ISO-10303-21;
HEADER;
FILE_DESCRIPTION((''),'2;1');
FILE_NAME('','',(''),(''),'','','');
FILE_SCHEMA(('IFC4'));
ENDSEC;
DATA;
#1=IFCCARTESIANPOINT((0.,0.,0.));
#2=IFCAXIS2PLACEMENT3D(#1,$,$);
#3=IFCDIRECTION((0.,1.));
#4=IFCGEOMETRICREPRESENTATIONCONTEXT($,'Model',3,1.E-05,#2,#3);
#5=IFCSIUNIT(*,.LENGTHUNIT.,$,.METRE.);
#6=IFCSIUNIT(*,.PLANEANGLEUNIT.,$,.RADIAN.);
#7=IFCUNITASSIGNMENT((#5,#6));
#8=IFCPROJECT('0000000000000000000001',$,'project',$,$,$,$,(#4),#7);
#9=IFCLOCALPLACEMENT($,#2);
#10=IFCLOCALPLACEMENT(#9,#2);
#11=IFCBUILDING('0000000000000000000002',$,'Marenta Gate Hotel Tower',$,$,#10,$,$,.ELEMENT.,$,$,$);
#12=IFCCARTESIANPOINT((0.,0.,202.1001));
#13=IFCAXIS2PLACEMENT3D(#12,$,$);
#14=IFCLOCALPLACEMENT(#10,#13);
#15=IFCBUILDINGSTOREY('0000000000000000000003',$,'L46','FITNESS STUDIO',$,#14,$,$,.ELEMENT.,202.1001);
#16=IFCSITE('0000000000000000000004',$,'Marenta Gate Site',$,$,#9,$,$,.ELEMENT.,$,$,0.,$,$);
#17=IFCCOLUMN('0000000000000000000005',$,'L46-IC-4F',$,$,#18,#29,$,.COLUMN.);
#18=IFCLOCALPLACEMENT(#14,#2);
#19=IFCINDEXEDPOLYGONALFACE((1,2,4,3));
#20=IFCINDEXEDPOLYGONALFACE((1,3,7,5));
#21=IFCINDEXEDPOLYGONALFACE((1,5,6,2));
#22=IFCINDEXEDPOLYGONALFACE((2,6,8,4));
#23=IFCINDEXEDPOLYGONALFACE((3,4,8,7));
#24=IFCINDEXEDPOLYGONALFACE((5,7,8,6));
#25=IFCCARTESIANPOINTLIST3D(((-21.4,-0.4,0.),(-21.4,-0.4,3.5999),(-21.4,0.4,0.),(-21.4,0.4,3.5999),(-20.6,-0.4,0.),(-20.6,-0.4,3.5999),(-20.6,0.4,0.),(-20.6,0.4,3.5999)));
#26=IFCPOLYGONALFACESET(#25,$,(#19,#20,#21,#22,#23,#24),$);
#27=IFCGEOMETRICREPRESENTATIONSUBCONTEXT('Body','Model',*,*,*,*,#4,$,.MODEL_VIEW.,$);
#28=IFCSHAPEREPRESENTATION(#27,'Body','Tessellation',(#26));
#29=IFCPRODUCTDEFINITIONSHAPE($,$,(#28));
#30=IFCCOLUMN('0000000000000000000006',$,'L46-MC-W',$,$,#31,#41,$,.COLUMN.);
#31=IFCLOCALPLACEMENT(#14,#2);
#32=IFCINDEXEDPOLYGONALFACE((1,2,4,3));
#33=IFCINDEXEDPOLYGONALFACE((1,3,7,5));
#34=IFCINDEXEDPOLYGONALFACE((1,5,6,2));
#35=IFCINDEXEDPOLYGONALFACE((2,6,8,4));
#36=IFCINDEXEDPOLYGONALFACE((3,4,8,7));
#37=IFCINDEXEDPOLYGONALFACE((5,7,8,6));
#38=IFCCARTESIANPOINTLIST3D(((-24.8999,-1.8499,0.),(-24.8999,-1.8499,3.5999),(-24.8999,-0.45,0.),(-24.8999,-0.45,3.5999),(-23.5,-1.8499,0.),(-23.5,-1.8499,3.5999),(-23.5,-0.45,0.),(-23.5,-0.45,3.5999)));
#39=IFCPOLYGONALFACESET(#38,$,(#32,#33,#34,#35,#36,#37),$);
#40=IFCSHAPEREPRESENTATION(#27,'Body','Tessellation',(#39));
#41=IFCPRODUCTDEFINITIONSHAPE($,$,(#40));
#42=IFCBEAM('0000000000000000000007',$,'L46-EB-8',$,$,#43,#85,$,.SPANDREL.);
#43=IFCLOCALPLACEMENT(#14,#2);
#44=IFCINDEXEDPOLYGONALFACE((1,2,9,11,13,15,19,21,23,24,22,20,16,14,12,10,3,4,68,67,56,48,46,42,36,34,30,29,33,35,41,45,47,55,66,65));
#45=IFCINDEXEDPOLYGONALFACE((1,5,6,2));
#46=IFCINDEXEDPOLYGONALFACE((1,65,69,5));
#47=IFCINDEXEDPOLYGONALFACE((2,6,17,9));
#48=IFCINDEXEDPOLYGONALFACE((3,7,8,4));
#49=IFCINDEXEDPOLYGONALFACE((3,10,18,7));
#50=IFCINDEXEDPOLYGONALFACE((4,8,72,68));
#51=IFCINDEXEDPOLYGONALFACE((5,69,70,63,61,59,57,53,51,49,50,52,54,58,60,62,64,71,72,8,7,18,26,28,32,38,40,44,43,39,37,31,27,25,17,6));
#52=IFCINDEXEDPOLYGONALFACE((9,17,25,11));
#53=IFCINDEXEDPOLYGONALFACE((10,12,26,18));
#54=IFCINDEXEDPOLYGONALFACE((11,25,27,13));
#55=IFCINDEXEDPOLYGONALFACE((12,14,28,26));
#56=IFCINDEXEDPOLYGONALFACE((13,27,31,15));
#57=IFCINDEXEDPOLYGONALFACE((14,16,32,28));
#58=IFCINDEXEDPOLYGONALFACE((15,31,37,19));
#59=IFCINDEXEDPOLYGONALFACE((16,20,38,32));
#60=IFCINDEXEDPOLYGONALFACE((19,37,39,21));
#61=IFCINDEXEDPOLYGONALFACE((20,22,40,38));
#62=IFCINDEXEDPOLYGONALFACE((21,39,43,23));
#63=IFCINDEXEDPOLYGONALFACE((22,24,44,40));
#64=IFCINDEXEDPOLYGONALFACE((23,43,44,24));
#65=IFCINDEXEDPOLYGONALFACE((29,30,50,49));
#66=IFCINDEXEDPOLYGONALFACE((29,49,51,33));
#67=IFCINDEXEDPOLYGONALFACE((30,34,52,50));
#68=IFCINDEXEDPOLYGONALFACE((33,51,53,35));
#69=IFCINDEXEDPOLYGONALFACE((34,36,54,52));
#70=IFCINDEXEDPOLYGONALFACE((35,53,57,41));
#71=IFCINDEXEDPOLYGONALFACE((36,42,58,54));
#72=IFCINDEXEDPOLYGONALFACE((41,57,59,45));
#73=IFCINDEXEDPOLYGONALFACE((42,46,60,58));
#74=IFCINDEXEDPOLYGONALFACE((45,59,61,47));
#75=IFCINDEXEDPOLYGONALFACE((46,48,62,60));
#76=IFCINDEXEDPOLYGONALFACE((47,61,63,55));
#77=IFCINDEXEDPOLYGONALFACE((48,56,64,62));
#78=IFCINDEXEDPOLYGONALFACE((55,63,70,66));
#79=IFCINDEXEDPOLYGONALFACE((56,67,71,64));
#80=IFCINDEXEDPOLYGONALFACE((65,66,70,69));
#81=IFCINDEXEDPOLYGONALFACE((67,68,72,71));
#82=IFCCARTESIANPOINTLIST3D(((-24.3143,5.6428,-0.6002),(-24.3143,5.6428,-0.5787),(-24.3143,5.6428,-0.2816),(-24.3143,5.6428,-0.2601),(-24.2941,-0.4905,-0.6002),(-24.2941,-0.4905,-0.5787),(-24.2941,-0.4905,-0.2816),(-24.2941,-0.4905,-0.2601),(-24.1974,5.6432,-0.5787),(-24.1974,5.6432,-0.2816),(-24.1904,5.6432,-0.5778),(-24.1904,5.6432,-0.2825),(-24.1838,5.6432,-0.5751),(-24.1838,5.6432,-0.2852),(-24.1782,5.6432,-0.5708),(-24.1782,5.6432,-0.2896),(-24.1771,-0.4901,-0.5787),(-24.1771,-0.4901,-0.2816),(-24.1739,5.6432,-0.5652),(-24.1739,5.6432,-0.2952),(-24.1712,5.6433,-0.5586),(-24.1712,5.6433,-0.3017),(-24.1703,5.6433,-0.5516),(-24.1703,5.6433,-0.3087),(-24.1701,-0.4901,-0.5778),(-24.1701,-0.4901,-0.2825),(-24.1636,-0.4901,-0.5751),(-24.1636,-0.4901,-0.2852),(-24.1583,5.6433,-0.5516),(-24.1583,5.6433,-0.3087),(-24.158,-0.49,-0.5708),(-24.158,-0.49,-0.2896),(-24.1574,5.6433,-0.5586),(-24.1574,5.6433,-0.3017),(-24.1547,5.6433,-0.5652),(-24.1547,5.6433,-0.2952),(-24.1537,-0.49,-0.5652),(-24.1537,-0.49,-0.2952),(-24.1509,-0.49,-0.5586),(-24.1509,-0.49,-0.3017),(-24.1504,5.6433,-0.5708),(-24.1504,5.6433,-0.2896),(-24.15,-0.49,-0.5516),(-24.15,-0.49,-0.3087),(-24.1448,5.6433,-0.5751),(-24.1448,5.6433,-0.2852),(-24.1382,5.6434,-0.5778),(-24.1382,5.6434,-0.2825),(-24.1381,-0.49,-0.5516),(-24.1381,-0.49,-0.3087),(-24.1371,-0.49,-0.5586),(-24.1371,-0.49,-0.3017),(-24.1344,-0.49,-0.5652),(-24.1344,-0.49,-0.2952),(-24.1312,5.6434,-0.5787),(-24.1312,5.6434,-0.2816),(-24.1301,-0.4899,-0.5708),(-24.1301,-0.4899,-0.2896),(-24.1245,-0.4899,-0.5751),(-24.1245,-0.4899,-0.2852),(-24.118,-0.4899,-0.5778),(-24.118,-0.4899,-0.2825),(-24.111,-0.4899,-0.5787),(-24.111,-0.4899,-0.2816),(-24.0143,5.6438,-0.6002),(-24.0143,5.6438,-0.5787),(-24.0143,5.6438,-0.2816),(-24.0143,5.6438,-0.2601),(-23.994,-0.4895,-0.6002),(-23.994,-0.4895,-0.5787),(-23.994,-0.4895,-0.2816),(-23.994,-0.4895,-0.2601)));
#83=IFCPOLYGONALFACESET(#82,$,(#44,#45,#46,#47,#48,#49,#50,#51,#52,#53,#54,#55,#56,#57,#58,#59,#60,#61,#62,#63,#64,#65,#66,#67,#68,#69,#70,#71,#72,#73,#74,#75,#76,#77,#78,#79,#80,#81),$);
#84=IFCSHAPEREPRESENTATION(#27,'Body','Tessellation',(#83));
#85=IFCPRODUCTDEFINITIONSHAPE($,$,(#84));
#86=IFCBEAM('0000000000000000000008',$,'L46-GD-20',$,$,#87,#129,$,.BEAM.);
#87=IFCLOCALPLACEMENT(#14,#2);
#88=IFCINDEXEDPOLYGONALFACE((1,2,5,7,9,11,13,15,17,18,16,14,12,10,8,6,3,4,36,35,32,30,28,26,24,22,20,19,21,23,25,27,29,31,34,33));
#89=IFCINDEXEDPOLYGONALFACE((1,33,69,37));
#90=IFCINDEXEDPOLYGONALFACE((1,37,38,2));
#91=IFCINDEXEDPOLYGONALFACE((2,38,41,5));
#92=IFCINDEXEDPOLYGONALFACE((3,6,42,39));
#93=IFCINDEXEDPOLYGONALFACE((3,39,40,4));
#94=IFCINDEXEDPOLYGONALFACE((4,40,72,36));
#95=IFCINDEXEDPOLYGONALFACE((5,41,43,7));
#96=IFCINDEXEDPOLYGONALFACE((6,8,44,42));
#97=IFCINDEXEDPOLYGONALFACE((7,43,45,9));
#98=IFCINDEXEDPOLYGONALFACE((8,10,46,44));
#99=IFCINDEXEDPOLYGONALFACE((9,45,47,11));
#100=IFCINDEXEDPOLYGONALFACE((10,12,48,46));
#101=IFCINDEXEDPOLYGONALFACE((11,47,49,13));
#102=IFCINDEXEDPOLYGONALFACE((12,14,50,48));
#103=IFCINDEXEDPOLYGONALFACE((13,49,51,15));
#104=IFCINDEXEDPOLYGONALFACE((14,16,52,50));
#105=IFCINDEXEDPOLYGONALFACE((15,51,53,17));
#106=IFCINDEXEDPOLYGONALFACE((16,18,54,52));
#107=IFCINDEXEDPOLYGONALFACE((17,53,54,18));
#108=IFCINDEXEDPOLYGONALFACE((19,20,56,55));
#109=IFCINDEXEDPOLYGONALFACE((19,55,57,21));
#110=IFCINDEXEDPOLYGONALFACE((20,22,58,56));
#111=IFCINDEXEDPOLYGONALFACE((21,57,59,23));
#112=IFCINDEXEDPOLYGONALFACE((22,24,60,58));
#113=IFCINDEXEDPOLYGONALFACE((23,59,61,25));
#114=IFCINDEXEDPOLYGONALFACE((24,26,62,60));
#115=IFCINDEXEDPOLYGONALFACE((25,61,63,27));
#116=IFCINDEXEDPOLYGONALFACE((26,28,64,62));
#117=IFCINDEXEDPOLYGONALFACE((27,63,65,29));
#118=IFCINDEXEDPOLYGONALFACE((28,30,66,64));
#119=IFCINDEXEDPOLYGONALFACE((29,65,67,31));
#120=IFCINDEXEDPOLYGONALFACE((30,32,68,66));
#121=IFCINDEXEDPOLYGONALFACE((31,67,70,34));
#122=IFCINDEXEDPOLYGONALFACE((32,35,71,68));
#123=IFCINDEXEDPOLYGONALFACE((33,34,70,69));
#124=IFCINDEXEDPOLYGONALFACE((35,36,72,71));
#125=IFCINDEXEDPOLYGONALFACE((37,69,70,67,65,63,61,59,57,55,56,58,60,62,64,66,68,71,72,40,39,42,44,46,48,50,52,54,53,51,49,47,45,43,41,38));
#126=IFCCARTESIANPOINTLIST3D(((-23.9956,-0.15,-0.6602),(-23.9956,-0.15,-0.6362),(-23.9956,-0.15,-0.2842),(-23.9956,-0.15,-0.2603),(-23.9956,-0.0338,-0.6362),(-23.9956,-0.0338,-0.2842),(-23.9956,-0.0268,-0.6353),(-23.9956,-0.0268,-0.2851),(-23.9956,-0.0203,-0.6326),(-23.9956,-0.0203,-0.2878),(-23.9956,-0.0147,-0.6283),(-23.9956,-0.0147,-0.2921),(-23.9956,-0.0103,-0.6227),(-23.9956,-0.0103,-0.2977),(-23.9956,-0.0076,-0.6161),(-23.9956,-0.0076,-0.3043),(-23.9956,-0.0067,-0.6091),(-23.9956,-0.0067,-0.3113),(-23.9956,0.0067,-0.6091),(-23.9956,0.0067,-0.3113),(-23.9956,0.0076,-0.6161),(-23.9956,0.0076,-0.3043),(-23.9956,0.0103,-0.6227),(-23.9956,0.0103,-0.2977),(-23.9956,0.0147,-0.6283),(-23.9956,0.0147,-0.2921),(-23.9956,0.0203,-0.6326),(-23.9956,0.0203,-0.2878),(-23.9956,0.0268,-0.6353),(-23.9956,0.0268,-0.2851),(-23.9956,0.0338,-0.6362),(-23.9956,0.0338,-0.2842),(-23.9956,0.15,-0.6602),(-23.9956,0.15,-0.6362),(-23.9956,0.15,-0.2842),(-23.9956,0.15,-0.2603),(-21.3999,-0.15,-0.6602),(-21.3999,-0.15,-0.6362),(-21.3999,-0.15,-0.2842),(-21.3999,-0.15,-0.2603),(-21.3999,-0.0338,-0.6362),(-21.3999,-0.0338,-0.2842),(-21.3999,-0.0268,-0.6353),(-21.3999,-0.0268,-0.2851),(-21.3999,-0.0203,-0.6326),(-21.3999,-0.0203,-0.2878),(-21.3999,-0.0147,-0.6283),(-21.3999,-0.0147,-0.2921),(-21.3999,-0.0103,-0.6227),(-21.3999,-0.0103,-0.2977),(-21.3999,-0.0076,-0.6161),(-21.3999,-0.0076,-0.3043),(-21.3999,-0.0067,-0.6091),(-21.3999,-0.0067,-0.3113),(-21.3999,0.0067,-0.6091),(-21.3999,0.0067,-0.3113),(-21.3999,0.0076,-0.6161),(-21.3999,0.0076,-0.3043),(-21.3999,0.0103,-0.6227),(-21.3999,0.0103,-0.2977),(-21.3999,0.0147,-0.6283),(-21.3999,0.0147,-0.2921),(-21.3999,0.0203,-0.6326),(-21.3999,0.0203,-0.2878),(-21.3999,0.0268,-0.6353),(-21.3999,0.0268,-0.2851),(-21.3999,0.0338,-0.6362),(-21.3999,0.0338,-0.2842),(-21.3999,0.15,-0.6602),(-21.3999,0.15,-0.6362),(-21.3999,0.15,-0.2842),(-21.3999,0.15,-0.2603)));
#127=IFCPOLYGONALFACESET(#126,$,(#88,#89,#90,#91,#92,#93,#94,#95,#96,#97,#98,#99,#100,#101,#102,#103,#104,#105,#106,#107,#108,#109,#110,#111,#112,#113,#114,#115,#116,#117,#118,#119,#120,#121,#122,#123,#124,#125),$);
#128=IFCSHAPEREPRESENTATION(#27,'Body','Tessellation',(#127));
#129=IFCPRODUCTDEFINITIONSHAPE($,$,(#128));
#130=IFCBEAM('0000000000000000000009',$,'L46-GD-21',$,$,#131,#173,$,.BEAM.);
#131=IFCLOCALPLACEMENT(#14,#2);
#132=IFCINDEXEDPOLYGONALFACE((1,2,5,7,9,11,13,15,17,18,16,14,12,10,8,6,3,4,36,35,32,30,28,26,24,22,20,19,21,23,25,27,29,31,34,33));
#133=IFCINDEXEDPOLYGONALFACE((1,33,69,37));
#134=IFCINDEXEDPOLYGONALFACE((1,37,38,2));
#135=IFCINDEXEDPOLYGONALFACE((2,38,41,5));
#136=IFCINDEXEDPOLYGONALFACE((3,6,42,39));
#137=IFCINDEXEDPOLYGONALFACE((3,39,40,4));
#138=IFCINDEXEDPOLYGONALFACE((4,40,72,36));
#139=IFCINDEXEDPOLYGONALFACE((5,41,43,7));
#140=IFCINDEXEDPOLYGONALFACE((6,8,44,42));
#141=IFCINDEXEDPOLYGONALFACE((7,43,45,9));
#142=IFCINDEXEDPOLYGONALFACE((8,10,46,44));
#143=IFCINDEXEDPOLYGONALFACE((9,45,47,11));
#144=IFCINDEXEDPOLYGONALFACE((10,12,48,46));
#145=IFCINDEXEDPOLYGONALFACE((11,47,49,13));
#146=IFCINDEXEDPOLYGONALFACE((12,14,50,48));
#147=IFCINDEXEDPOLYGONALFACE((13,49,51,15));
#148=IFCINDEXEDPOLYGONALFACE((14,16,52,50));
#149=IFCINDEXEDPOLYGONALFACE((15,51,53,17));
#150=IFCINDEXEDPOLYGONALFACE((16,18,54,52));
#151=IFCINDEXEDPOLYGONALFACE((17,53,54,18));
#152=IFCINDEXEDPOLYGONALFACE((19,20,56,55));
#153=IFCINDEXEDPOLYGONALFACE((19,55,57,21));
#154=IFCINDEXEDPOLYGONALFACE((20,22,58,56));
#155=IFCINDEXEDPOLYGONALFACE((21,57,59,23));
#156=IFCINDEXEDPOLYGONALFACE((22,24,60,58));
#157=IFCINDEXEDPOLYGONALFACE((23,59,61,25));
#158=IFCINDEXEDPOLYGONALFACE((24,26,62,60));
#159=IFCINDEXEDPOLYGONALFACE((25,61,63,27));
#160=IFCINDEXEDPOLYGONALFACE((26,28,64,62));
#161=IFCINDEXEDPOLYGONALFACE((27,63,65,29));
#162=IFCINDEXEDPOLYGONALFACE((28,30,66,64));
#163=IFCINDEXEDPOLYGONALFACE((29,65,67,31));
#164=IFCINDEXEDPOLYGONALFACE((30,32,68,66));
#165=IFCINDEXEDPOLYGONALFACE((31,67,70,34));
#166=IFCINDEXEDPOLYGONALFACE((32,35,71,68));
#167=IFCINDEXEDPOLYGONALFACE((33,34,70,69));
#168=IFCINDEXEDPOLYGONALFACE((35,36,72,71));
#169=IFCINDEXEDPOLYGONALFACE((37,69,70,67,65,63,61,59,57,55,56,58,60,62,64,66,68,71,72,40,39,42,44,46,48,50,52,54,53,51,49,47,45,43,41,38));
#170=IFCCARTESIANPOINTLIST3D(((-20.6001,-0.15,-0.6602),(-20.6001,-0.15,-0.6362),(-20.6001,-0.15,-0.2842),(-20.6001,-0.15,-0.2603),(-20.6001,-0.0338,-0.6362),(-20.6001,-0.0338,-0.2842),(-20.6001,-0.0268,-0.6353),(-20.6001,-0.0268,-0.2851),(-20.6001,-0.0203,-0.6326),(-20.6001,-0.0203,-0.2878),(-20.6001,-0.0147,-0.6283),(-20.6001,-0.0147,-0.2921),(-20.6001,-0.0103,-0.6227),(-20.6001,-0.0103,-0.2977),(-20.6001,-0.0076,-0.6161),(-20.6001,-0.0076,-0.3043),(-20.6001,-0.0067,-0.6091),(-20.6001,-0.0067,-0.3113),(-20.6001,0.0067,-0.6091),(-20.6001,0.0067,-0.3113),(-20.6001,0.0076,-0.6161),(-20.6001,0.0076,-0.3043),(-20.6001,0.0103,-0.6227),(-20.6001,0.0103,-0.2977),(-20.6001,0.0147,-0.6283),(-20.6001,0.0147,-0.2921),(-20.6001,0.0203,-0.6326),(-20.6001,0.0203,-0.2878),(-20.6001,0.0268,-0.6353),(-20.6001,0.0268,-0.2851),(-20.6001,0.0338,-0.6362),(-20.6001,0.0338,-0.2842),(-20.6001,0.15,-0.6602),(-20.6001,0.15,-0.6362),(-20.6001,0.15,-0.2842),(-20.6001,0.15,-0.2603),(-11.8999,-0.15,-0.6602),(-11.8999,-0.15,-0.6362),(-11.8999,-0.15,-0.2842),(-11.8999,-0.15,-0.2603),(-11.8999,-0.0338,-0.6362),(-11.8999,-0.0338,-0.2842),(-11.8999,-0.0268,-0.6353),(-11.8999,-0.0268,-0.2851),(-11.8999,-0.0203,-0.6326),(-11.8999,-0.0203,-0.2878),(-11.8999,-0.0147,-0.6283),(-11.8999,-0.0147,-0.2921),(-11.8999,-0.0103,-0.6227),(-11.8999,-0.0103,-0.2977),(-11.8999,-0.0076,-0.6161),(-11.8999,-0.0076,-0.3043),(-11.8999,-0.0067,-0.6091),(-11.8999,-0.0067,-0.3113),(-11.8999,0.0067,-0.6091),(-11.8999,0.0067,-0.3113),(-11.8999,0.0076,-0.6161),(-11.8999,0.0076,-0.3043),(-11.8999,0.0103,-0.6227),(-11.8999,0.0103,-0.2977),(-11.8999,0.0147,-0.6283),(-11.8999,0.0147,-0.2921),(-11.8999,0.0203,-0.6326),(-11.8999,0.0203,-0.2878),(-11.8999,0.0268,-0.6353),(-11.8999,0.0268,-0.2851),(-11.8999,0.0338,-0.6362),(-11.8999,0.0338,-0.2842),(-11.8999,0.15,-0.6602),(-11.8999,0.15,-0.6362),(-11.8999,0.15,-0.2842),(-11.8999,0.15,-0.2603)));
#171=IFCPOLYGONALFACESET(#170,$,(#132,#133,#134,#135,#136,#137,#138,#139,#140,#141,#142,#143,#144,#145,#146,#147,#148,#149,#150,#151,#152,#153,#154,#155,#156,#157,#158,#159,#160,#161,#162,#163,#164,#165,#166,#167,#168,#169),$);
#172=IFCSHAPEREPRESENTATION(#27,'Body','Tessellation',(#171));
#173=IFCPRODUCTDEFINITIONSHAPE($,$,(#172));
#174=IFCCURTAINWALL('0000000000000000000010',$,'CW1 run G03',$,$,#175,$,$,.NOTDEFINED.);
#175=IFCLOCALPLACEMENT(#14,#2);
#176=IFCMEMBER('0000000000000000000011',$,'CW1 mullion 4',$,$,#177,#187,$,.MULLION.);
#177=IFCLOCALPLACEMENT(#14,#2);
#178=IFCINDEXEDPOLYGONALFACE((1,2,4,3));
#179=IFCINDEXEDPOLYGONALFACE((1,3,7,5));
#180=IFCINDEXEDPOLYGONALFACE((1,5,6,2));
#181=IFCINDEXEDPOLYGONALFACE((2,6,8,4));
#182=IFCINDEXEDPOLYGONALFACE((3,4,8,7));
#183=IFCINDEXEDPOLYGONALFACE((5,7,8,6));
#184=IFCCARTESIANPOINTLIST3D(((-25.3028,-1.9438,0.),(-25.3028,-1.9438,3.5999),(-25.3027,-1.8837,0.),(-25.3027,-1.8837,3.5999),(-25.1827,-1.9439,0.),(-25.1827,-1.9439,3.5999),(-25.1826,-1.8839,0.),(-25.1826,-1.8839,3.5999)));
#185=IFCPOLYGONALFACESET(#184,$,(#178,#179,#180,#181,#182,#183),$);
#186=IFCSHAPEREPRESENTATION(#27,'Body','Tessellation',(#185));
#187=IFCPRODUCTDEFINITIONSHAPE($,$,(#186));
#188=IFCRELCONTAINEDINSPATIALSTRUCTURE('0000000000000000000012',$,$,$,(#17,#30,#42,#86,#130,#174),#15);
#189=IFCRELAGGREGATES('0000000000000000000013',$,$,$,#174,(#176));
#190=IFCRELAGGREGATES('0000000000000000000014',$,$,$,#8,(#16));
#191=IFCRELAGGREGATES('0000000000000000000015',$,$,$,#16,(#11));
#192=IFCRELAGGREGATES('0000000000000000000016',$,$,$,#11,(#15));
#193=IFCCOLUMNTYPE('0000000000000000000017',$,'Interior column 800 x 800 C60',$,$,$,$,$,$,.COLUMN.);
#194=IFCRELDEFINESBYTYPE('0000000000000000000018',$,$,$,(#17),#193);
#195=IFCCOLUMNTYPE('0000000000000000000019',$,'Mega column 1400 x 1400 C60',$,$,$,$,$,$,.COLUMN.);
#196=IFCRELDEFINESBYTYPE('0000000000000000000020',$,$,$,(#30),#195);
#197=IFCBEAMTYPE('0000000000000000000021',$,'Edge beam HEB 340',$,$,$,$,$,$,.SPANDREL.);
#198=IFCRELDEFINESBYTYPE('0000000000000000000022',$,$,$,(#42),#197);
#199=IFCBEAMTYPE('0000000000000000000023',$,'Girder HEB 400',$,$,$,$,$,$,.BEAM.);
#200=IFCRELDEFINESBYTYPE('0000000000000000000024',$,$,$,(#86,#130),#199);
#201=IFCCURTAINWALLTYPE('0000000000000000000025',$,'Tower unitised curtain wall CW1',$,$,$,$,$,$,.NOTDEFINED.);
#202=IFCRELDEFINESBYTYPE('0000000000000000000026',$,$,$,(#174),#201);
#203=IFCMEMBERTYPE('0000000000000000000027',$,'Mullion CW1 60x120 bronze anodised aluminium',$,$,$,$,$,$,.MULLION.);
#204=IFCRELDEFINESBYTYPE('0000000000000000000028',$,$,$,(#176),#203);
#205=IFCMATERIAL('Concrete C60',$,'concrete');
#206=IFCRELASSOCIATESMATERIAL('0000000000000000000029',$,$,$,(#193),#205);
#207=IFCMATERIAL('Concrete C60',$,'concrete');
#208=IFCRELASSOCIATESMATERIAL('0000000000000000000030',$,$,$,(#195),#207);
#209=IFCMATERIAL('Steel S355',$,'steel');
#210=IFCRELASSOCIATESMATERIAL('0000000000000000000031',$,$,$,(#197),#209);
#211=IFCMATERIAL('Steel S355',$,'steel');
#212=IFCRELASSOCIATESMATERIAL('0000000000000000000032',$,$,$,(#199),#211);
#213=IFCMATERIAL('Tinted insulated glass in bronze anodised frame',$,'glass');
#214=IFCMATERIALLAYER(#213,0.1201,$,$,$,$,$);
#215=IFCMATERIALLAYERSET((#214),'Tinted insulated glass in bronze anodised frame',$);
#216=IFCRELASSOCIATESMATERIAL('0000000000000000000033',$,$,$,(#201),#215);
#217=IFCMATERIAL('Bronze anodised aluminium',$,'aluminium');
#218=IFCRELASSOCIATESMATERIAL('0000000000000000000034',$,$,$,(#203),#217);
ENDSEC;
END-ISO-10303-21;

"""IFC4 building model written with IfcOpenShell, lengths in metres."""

from ifc_helpers import new_model, si_unit, direction, frame, origin, origin_2d, place, context, subcontext, project, spatial, rectangle, i_section, extrude, material, layer, layer_set, material_profile, profile_set, type_object, element, aggregate, save


model = new_model("IFC4")

# Units and contexts
model_context = context("Model", 3, precision=1e-05, world=origin(), true_north=direction((0.0, 1.0)))
body_context = subcontext(model_context, "Body", "Model", "MODEL_VIEW")
ifc_project = project(units=[si_unit("LENGTHUNIT", "METRE"), si_unit("PLANEANGLEUNIT", "RADIAN")], contexts=[model_context])

# Site, building, storey
site_placement = place(None, origin())
site = spatial("IfcSite", under=ifc_project, at=site_placement, Name="Marenta Gate Site", CompositionType="ELEMENT", RefElevation=0.0)
building_placement = place(site_placement, origin())
building = spatial("IfcBuilding", under=site, at=building_placement, Name="Marenta Gate Hotel Tower", CompositionType="ELEMENT")
storey_placement = place(building_placement, frame((0.0, 0.0, 202.1001)))
storey = spatial("IfcBuildingStorey", under=building, at=storey_placement, Name="L46", Description="FITNESS STUDIO", CompositionType="ELEMENT", Elevation=202.1001)

# Columns
ifc_material_1 = material(Name="Concrete C60", Category="concrete")
ifc_material_profile_1 = material_profile(ifc_material_1, rectangle(XDim=0.8, YDim=0.8, at=origin_2d()), Name="800 x 800")
ifc_profile_set_1 = profile_set([ifc_material_profile_1], Name="Concrete C60")
column_type_1 = type_object("IfcColumnType", Name="Interior column 800 x 800 C60", PredefinedType="COLUMN", material=ifc_profile_set_1)
column_1_placement = place(storey_placement, frame((-21.0, 0.0, 0.0), z_axis=(0.0, 0.0, 1.0), x_axis=(1.0, 0.0, 0.0)))
element("IfcColumn", 1, at=column_1_placement, inside=storey, type_object=column_type_1, Name="L46-IC-4F", PredefinedType="COLUMN", context=body_context, shape_type="SweptSolid", body=[
    extrude(rectangle(XDim=0.8, YDim=0.8, at=origin_2d()), origin(), (0.0, 0.0, 1.0), 3.5999),
])
ifc_material_2 = material(Name="Concrete C60", Category="concrete")
ifc_material_profile_2 = material_profile(ifc_material_2, rectangle(XDim=1.3999, YDim=1.3999, at=origin_2d()), Name="1400 x 1400")
ifc_profile_set_2 = profile_set([ifc_material_profile_2], Name="Concrete C60")
column_type_2 = type_object("IfcColumnType", Name="Mega column 1400 x 1400 C60", PredefinedType="COLUMN", material=ifc_profile_set_2)
column_2_placement = place(storey_placement, frame((-24.2, -1.1499, 0.0), z_axis=(0.0, 0.0, 1.0), x_axis=(1.0, 0.0, 0.0)))
element("IfcColumn", 2, at=column_2_placement, inside=storey, type_object=column_type_2, Name="L46-MC-W", PredefinedType="COLUMN", context=body_context, shape_type="SweptSolid", body=[
    extrude(rectangle(XDim=1.3999, YDim=1.3999, at=origin_2d()), origin(), (0.0, 0.0, 1.0), 3.5999),
])

# Beams
ifc_material_3 = material(Name="Steel S355", Category="steel")
ifc_material_profile_3 = material_profile(ifc_material_3, i_section(OverallWidth=0.3, OverallDepth=0.3401, WebThickness=0.012, FlangeThickness=0.0215, FilletRadius=0.0271, at=origin_2d()), Name="HEB 340")
ifc_profile_set_3 = profile_set([ifc_material_profile_3], Name="Steel S355")
beam_type_1 = type_object("IfcBeamType", Name="Edge beam HEB 340", PredefinedType="SPANDREL", material=ifc_profile_set_3)
beam_1_placement = place(storey_placement, frame((-24.144, -0.49, -0.4302), z_axis=(-0.003304, 0.999995, 0.0), x_axis=(-0.999995, -0.003304, 0.0)))
element("IfcBeam", 3, at=beam_1_placement, inside=storey, type_object=beam_type_1, Name="L46-EB-8", PredefinedType="SPANDREL", context=body_context, shape_type="SweptSolid", body=[
    extrude(i_section(OverallWidth=0.3, OverallDepth=0.3401, WebThickness=0.012, FlangeThickness=0.0215, FilletRadius=0.0271, at=origin_2d()), origin(), (0.0, 0.0, 1.0), 6.1333),
])
ifc_material_4 = material(Name="Steel S355", Category="steel")
ifc_material_profile_4 = material_profile(ifc_material_4, i_section(OverallWidth=0.3, OverallDepth=0.3999, WebThickness=0.0134, FlangeThickness=0.0239, FilletRadius=0.0271, at=origin_2d()), Name="HEB 400")
ifc_profile_set_4 = profile_set([ifc_material_profile_4], Name="Steel S355")
beam_type_2 = type_object("IfcBeamType", Name="Girder HEB 400", PredefinedType="BEAM", material=ifc_profile_set_4)
beam_2_placement = place(storey_placement, frame((-23.9956, 0.0, -0.4602), z_axis=(1.0, 0.0, 0.0), x_axis=(0.0, 1.0, 0.0)))
element("IfcBeam", 4, at=beam_2_placement, inside=storey, type_object=beam_type_2, Name="L46-GD-20", PredefinedType="BEAM", context=body_context, shape_type="SweptSolid", body=[
    extrude(i_section(OverallWidth=0.3, OverallDepth=0.3999, WebThickness=0.0134, FlangeThickness=0.0239, FilletRadius=0.0271, at=origin_2d()), origin(), (0.0, 0.0, 1.0), 2.5957),
])
beam_3_placement = place(storey_placement, frame((-20.6001, 0.0, -0.4602), z_axis=(1.0, 0.0, 0.0), x_axis=(0.0, 1.0, 0.0)))
element("IfcBeam", 5, at=beam_3_placement, inside=storey, type_object=beam_type_2, Name="L46-GD-21", PredefinedType="BEAM", context=body_context, shape_type="SweptSolid", body=[
    extrude(i_section(OverallWidth=0.3, OverallDepth=0.3999, WebThickness=0.0134, FlangeThickness=0.0239, FilletRadius=0.0271, at=origin_2d()), origin(), (0.0, 0.0, 1.0), 8.7002),
])

# Curtain wall, member
ifc_material_5 = material(Name="Tinted insulated glass in bronze anodised frame", Category="glass")
ifc_layer_1 = layer(ifc_material_5, 0.1201)
ifc_layer_set_1 = layer_set([ifc_layer_1], Name="Tinted insulated glass in bronze anodised frame")
curtain_wall_type = type_object("IfcCurtainWallType", Name="Tower unitised curtain wall CW1", PredefinedType="NOTDEFINED", material=ifc_layer_set_1)
curtain_wall_placement = place(storey_placement, origin())
curtain_wall = element("IfcCurtainWall", 6, at=curtain_wall_placement, inside=storey, type_object=curtain_wall_type, Name="CW1 run G03", PredefinedType="NOTDEFINED")
ifc_material_6 = material(Name="Bronze anodised aluminium", Category="aluminium")
ifc_material_profile_5 = material_profile(ifc_material_6, rectangle(XDim=0.1201, YDim=0.0601, at=origin_2d()), Name="Mullion CW1 60x120 bronze anodised aluminium")
ifc_profile_set_5 = profile_set([ifc_material_profile_5], Name="Bronze anodised aluminium")
member_type_1 = type_object("IfcMemberType", Name="Mullion CW1 60x120 bronze anodised aluminium", PredefinedType="MULLION", material=ifc_profile_set_5)
member_1_placement = place(storey_placement, frame((-25.2427, -1.9138, 0.0), z_axis=(0.0, 0.0, 1.0), x_axis=(0.999999, -0.001566, 0.0)))
member_1 = element("IfcMember", 7, at=member_1_placement, type_object=member_type_1, Name="CW1 mullion 4", PredefinedType="MULLION", context=body_context, shape_type="SweptSolid", body=[
    extrude(rectangle(XDim=0.1201, YDim=0.0601, at=origin_2d()), origin(), (0.0, 0.0, 1.0), 3.5999),
])
aggregate(curtain_wall, [member_1])

save(model, "model.ifc")
